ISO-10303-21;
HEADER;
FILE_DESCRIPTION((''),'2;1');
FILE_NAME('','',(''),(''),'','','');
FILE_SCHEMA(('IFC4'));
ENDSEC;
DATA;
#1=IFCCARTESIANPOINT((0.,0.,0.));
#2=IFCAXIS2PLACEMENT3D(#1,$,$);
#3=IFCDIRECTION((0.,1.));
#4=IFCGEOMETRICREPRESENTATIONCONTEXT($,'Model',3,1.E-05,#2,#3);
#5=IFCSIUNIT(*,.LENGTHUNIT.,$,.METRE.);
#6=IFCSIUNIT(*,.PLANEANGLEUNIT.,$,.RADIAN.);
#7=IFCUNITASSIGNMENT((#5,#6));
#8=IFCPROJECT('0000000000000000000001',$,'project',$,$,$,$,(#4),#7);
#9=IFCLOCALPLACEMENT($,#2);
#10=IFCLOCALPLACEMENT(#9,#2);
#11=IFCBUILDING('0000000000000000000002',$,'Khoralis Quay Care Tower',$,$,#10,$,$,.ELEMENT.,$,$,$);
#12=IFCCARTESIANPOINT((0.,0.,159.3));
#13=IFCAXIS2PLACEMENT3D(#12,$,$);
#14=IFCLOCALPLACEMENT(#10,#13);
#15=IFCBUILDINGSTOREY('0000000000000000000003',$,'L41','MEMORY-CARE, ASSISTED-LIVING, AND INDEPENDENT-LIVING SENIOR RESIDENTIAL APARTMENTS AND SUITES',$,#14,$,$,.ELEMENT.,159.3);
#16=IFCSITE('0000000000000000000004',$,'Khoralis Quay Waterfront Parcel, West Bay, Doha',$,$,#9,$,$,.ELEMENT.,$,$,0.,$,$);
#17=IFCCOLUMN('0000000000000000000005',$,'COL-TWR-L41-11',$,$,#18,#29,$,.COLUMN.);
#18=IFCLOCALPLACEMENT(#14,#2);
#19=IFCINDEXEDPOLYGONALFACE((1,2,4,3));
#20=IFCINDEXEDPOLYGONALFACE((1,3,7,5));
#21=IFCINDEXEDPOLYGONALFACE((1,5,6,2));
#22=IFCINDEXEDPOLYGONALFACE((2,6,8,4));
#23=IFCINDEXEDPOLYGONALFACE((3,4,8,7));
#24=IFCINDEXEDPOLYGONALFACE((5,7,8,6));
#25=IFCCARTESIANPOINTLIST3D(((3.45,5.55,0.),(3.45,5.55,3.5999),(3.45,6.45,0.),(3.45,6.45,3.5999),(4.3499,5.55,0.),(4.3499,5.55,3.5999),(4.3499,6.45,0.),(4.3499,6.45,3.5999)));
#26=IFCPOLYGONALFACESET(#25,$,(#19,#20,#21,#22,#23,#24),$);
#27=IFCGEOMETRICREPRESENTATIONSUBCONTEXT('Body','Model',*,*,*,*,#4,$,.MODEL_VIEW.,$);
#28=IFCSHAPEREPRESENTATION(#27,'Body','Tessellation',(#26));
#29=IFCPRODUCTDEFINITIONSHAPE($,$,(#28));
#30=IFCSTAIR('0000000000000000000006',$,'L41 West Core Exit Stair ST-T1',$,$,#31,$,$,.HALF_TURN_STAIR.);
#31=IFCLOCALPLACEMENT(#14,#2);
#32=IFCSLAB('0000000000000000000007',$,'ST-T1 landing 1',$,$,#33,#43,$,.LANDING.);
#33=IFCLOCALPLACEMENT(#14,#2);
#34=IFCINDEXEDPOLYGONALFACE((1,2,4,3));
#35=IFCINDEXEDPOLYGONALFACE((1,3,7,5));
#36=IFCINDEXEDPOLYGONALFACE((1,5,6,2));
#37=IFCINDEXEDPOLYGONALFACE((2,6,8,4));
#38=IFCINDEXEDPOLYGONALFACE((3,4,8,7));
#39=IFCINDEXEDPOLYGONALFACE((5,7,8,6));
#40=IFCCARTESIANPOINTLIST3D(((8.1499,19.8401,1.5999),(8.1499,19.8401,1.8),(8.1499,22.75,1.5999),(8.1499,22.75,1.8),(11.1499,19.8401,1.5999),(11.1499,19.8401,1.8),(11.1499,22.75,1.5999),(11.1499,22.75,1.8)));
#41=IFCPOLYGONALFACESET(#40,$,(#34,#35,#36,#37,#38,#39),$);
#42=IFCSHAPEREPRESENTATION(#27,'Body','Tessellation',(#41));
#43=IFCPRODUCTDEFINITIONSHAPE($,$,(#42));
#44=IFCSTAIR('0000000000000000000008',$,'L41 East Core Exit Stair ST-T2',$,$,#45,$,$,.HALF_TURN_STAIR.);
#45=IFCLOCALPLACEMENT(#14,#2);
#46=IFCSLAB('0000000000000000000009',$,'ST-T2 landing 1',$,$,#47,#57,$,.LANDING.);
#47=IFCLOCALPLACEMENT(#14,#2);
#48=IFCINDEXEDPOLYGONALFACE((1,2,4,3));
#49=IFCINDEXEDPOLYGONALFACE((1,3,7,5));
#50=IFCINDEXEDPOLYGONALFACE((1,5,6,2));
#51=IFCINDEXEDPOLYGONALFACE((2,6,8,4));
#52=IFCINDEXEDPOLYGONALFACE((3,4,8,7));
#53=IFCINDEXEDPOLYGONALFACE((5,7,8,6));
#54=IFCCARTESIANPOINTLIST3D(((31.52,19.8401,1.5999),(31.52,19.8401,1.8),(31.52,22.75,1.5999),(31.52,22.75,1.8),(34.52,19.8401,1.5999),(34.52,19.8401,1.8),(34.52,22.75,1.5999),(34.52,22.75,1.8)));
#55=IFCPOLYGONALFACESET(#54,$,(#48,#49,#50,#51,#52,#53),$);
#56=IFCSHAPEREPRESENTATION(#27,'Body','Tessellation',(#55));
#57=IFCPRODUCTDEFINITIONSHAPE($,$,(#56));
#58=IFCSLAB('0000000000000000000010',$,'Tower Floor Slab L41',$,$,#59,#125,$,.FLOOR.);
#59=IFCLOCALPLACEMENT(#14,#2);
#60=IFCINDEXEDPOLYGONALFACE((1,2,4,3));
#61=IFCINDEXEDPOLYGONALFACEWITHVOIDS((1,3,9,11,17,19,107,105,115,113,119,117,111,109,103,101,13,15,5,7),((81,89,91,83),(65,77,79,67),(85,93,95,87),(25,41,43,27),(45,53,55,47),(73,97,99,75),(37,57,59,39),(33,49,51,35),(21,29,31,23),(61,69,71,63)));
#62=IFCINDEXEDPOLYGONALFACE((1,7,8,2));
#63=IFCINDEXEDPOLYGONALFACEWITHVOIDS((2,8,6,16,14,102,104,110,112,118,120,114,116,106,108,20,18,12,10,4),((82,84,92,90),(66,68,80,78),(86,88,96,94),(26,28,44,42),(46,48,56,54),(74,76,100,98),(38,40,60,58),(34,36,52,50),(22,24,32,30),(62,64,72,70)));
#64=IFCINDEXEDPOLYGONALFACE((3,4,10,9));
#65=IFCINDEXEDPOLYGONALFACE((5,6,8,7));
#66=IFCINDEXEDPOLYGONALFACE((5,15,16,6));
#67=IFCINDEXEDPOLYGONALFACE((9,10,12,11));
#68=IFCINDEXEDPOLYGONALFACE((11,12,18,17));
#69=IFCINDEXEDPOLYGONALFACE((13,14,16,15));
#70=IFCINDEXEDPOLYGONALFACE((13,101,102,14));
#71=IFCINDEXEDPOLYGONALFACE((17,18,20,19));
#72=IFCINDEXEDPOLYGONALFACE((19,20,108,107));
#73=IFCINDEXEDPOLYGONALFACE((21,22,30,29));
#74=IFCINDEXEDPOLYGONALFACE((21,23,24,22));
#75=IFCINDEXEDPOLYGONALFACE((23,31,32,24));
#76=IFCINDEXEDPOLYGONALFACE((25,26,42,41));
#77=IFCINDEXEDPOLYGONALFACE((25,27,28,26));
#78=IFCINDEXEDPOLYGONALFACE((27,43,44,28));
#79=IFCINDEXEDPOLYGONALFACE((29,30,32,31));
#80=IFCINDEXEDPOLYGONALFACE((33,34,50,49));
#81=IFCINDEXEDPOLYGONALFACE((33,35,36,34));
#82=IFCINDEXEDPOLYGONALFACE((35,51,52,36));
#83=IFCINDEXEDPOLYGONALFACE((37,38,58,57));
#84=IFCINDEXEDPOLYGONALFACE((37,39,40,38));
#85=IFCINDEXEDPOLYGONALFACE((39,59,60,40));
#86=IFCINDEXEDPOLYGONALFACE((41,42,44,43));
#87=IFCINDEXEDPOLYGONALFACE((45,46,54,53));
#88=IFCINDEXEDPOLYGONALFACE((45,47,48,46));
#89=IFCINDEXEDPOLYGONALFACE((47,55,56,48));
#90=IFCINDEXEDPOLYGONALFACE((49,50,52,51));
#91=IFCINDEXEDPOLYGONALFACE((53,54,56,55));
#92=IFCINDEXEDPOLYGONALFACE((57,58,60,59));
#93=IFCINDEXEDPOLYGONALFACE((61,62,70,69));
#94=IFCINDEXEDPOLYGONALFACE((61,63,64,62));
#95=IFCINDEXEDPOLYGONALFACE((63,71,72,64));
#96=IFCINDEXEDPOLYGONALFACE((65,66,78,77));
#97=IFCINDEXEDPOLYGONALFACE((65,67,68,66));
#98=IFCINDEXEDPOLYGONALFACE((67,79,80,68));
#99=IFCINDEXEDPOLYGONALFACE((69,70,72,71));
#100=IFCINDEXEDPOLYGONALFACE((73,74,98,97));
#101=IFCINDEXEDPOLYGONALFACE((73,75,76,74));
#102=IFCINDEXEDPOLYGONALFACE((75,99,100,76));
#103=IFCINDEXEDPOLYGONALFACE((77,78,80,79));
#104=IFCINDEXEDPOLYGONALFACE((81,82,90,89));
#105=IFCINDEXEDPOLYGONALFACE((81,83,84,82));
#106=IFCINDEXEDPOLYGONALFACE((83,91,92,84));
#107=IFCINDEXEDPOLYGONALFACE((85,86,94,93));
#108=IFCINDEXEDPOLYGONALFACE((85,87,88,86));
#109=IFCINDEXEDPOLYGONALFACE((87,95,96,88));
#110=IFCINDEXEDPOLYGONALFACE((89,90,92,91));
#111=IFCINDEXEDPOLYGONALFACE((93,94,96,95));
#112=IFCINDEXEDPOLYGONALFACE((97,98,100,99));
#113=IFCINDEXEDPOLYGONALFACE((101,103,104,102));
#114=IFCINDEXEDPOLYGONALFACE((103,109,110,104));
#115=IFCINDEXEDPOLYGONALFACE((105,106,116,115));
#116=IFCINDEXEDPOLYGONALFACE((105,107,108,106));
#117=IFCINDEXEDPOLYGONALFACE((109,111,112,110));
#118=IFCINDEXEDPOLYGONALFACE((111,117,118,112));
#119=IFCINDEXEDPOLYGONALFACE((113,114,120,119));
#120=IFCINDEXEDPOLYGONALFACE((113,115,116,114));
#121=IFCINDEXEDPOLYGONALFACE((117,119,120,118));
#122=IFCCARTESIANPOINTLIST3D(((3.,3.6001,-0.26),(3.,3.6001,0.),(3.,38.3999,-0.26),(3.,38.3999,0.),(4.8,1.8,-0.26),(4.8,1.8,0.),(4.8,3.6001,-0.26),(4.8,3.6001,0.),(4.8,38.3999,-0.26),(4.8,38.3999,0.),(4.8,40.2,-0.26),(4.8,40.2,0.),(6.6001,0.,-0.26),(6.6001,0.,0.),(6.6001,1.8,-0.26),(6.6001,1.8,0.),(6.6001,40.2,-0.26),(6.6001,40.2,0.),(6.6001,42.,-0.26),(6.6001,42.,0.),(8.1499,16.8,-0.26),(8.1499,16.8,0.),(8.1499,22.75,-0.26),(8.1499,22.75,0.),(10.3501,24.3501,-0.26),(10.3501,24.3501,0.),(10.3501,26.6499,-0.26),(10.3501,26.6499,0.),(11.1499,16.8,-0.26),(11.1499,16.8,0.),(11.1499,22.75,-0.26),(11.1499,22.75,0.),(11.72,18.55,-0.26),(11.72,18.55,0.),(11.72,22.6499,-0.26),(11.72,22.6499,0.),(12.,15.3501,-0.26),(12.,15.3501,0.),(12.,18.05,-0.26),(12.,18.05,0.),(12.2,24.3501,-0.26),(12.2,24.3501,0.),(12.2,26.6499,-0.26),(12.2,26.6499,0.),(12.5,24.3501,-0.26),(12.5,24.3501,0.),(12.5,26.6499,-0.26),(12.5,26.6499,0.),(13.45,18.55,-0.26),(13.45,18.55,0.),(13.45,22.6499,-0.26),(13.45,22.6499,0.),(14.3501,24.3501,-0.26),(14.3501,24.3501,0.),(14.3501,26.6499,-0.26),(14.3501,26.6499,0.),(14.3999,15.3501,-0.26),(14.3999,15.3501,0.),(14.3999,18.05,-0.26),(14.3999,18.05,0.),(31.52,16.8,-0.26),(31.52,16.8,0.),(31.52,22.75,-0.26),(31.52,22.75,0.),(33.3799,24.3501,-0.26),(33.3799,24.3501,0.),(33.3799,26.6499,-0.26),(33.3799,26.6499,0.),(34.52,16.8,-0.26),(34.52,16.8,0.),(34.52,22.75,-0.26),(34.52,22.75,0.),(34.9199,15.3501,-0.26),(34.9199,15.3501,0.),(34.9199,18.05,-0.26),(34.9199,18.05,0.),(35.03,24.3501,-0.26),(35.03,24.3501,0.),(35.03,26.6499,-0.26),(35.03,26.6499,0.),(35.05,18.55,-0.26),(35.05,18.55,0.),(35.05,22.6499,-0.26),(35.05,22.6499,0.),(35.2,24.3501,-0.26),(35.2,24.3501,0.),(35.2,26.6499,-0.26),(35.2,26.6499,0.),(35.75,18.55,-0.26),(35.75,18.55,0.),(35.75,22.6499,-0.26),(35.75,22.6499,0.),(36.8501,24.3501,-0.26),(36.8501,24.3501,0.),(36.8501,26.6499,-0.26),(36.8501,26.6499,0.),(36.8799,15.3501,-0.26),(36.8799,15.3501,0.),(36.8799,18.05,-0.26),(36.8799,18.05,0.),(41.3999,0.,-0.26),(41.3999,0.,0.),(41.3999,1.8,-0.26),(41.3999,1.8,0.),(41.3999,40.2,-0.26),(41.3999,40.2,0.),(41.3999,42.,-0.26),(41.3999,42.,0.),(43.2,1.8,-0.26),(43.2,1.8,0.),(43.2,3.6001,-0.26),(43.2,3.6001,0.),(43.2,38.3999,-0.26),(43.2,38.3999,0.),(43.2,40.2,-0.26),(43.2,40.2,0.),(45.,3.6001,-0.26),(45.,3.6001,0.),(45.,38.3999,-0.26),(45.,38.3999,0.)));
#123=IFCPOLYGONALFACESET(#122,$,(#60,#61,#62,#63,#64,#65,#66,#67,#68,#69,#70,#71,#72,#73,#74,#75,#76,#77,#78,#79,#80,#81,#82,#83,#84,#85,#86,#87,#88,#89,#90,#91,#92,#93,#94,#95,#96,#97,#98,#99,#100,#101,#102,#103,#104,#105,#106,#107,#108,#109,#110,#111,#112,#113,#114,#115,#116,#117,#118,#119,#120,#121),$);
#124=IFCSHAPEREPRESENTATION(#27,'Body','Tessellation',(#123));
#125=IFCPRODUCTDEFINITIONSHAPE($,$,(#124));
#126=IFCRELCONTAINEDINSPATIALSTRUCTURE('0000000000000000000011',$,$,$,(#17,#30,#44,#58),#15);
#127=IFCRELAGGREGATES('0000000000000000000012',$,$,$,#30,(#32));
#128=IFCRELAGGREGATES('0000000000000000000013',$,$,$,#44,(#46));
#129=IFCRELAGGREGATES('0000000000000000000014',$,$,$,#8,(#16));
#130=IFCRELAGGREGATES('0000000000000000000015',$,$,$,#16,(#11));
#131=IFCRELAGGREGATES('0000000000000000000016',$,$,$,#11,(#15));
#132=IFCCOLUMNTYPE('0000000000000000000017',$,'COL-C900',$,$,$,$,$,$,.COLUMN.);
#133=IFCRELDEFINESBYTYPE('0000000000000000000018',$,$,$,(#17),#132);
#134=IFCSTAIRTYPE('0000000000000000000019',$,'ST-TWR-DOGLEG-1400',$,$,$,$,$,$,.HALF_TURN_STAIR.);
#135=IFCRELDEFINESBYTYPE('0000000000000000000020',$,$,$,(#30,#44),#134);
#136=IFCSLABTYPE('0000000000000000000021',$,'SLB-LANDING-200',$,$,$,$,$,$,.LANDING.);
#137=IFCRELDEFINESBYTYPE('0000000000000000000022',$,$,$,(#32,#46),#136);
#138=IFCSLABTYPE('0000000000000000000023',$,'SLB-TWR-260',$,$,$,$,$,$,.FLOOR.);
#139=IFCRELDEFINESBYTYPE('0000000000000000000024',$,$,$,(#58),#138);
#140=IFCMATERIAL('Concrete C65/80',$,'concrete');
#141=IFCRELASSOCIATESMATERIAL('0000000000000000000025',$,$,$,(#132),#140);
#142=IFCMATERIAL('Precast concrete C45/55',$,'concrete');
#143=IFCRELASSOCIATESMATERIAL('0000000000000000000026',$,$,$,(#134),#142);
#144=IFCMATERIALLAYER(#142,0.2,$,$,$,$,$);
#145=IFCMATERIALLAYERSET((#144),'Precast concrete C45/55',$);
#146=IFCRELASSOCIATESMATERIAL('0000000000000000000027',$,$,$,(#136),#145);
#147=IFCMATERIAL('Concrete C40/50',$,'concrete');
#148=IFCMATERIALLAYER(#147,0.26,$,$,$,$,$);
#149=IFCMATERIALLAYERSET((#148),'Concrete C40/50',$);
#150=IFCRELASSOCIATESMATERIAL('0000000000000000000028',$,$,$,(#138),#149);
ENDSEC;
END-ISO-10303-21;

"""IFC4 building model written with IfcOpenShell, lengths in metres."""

from ifc_helpers import new_model, si_unit, direction, frame, origin, origin_2d, place, context, subcontext, project, spatial, polyline, rectangle, outline, extrude, source, transform, mapped, material, layer, layer_set, material_profile, profile_set, type_object, element, aggregate, save


model = new_model("IFC4")

# Units and contexts
model_context = context("Model", 3, precision=1e-05, world=origin(), true_north=direction((0.0, 1.0)))
body_context = subcontext(model_context, "Body", "Model", "MODEL_VIEW")
ifc_project = project(units=[si_unit("LENGTHUNIT", "METRE"), si_unit("PLANEANGLEUNIT", "RADIAN")], contexts=[model_context])

# Site, building, storey
site_placement = place(None, origin())
site = spatial("IfcSite", under=ifc_project, at=site_placement, Name="Khoralis Quay Waterfront Parcel, West Bay, Doha", CompositionType="ELEMENT", RefElevation=0.0)
building_placement = place(site_placement, origin())
building = spatial("IfcBuilding", under=site, at=building_placement, Name="Khoralis Quay Care Tower", CompositionType="ELEMENT")
storey_placement = place(building_placement, frame((0.0, 0.0, 159.3)))
storey = spatial("IfcBuildingStorey", under=building, at=storey_placement, Name="L41", Description="MEMORY-CARE, ASSISTED-LIVING, AND INDEPENDENT-LIVING SENIOR RESIDENTIAL APARTMENTS AND SUITES", CompositionType="ELEMENT", Elevation=159.3)

# Column
ifc_material_1 = material(Name="Concrete C65/80", Category="concrete")
ifc_material_profile = material_profile(ifc_material_1, rectangle(XDim=0.8999, YDim=0.8999, at=origin_2d()), Name="Concrete C65/80")
ifc_profile_set = profile_set([ifc_material_profile], Name="Concrete C65/80")
column_type = type_object("IfcColumnType", Name="COL-C900", PredefinedType="COLUMN", material=ifc_profile_set)
shared_shape_1 = source(origin(), body_context, "Body", "SweptSolid", [
    extrude(rectangle(XDim=0.8999, YDim=0.8999, at=origin_2d()), origin(), (0.0, 0.0, 1.0), 3.5999),
])
column_placement = place(storey_placement, frame((3.8999, 6.0, 0.0), z_axis=(0.0, 0.0, 1.0), x_axis=(1.0, 0.0, 0.0)))
element("IfcColumn", 1, at=column_placement, inside=storey, type_object=column_type, Name="COL-TWR-L41-11", PredefinedType="COLUMN", context=body_context, shape_type="MappedRepresentation", body=[
    mapped(shared_shape_1, transform((0.0, 0.0, 0.0), scale=1.0)),
])

# Stairs, slabs
ifc_material_2 = material(Name="Precast concrete C45/55", Category="concrete")
stair_type = type_object("IfcStairType", Name="ST-TWR-DOGLEG-1400", PredefinedType="HALF_TURN_STAIR", material=ifc_material_2)
stair_1_placement = place(storey_placement, origin())
stair_1 = element("IfcStair", 2, at=stair_1_placement, inside=storey, type_object=stair_type, Name="L41 West Core Exit Stair ST-T1", PredefinedType="HALF_TURN_STAIR")
ifc_layer_1 = layer(ifc_material_2, 0.2)
ifc_layer_set_1 = layer_set([ifc_layer_1], Name="Precast concrete C45/55")
slab_type_1 = type_object("IfcSlabType", Name="SLB-LANDING-200", PredefinedType="LANDING", material=ifc_layer_set_1)
slab_1_placement = place(storey_placement, frame((0.0, 0.0, 1.5999)))
slab_1 = element("IfcSlab", 3, at=slab_1_placement, type_object=slab_type_1, Name="ST-T1 landing 1", PredefinedType="LANDING", context=body_context, shape_type="SweptSolid", body=[
    extrude(outline(polyline([(11.1499, 19.8401), (11.1499, 22.75), (8.1499, 22.75), (8.1499, 19.8401), (11.1499, 19.8401)])), origin(), (0.0, 0.0, 1.0), 0.2002),
])
aggregate(stair_1, [slab_1])
stair_2_placement = place(storey_placement, origin())
stair_2 = element("IfcStair", 4, at=stair_2_placement, inside=storey, type_object=stair_type, Name="L41 East Core Exit Stair ST-T2", PredefinedType="HALF_TURN_STAIR")
slab_2_placement = place(storey_placement, frame((0.0, 0.0, 1.5999)))
slab_2 = element("IfcSlab", 5, at=slab_2_placement, type_object=slab_type_1, Name="ST-T2 landing 1", PredefinedType="LANDING", context=body_context, shape_type="SweptSolid", body=[
    extrude(outline(polyline([(34.52, 19.8401), (34.52, 22.75), (31.52, 22.75), (31.52, 19.8401), (34.52, 19.8401)])), origin(), (0.0, 0.0, 1.0), 0.2002),
])
aggregate(stair_2, [slab_2])

# Slab
ifc_material_3 = material(Name="Concrete C40/50", Category="concrete")
ifc_layer_2 = layer(ifc_material_3, 0.26)
ifc_layer_set_2 = layer_set([ifc_layer_2], Name="Concrete C40/50")
slab_type_2 = type_object("IfcSlabType", Name="SLB-TWR-260", PredefinedType="FLOOR", material=ifc_layer_set_2)
slab_3_placement = place(storey_placement, frame((0.0, 0.0, -0.26)))
element("IfcSlab", 6, at=slab_3_placement, inside=storey, type_object=slab_type_2, Name="Tower Floor Slab L41", PredefinedType="FLOOR", context=body_context, shape_type="SweptSolid", body=[
    extrude(outline(polyline([(6.6001, 0.0), (41.3999, 0.0), (41.3999, 1.8), (43.2, 1.8), (43.2, 3.6001), (45.0, 3.6001), (45.0, 38.3999), (43.2, 38.3999), (43.2, 40.2), (41.3999, 40.2), (41.3999, 42.0), (6.6001, 42.0), (6.6001, 40.2), (4.8, 40.2), (4.8, 38.3999), (3.0, 38.3999), (3.0, 3.6001), (4.8, 3.6001), (4.8, 1.8), (6.6001, 1.8), (6.6001, 0.0)]), holes=[polyline([(11.1499, 16.8), (11.1499, 22.75), (8.1499, 22.75), (8.1499, 16.8), (11.1499, 16.8)]), polyline([(34.52, 16.8), (34.52, 22.75), (31.52, 22.75), (31.52, 16.8), (34.52, 16.8)]), polyline([(12.0, 15.3501), (14.3999, 15.3501), (14.3999, 18.05), (12.0, 18.05), (12.0, 15.3501)]), polyline([(34.9199, 15.3501), (36.8799, 15.3501), (36.8799, 18.05), (34.9199, 18.05), (34.9199, 15.3501)]), polyline([(10.3501, 24.3501), (12.2, 24.3501), (12.2, 26.6499), (10.3501, 26.6499), (10.3501, 24.3501)]), polyline([(33.3799, 24.3501), (35.03, 24.3501), (35.03, 26.6499), (33.3799, 26.6499), (33.3799, 24.3501)]), polyline([(12.5, 24.3501), (14.3501, 24.3501), (14.3501, 26.6499), (12.5, 26.6499), (12.5, 24.3501)]), polyline([(35.2, 24.3501), (36.8501, 24.3501), (36.8501, 26.6499), (35.2, 26.6499), (35.2, 24.3501)]), polyline([(11.72, 18.55), (13.45, 18.55), (13.45, 22.6499), (11.72, 22.6499), (11.72, 18.55)]), polyline([(35.05, 18.55), (35.75, 18.55), (35.75, 22.6499), (35.05, 22.6499), (35.05, 18.55)])]), origin(), (0.0, 0.0, 1.0), 0.26),
])

save(model, "model.ifc")
